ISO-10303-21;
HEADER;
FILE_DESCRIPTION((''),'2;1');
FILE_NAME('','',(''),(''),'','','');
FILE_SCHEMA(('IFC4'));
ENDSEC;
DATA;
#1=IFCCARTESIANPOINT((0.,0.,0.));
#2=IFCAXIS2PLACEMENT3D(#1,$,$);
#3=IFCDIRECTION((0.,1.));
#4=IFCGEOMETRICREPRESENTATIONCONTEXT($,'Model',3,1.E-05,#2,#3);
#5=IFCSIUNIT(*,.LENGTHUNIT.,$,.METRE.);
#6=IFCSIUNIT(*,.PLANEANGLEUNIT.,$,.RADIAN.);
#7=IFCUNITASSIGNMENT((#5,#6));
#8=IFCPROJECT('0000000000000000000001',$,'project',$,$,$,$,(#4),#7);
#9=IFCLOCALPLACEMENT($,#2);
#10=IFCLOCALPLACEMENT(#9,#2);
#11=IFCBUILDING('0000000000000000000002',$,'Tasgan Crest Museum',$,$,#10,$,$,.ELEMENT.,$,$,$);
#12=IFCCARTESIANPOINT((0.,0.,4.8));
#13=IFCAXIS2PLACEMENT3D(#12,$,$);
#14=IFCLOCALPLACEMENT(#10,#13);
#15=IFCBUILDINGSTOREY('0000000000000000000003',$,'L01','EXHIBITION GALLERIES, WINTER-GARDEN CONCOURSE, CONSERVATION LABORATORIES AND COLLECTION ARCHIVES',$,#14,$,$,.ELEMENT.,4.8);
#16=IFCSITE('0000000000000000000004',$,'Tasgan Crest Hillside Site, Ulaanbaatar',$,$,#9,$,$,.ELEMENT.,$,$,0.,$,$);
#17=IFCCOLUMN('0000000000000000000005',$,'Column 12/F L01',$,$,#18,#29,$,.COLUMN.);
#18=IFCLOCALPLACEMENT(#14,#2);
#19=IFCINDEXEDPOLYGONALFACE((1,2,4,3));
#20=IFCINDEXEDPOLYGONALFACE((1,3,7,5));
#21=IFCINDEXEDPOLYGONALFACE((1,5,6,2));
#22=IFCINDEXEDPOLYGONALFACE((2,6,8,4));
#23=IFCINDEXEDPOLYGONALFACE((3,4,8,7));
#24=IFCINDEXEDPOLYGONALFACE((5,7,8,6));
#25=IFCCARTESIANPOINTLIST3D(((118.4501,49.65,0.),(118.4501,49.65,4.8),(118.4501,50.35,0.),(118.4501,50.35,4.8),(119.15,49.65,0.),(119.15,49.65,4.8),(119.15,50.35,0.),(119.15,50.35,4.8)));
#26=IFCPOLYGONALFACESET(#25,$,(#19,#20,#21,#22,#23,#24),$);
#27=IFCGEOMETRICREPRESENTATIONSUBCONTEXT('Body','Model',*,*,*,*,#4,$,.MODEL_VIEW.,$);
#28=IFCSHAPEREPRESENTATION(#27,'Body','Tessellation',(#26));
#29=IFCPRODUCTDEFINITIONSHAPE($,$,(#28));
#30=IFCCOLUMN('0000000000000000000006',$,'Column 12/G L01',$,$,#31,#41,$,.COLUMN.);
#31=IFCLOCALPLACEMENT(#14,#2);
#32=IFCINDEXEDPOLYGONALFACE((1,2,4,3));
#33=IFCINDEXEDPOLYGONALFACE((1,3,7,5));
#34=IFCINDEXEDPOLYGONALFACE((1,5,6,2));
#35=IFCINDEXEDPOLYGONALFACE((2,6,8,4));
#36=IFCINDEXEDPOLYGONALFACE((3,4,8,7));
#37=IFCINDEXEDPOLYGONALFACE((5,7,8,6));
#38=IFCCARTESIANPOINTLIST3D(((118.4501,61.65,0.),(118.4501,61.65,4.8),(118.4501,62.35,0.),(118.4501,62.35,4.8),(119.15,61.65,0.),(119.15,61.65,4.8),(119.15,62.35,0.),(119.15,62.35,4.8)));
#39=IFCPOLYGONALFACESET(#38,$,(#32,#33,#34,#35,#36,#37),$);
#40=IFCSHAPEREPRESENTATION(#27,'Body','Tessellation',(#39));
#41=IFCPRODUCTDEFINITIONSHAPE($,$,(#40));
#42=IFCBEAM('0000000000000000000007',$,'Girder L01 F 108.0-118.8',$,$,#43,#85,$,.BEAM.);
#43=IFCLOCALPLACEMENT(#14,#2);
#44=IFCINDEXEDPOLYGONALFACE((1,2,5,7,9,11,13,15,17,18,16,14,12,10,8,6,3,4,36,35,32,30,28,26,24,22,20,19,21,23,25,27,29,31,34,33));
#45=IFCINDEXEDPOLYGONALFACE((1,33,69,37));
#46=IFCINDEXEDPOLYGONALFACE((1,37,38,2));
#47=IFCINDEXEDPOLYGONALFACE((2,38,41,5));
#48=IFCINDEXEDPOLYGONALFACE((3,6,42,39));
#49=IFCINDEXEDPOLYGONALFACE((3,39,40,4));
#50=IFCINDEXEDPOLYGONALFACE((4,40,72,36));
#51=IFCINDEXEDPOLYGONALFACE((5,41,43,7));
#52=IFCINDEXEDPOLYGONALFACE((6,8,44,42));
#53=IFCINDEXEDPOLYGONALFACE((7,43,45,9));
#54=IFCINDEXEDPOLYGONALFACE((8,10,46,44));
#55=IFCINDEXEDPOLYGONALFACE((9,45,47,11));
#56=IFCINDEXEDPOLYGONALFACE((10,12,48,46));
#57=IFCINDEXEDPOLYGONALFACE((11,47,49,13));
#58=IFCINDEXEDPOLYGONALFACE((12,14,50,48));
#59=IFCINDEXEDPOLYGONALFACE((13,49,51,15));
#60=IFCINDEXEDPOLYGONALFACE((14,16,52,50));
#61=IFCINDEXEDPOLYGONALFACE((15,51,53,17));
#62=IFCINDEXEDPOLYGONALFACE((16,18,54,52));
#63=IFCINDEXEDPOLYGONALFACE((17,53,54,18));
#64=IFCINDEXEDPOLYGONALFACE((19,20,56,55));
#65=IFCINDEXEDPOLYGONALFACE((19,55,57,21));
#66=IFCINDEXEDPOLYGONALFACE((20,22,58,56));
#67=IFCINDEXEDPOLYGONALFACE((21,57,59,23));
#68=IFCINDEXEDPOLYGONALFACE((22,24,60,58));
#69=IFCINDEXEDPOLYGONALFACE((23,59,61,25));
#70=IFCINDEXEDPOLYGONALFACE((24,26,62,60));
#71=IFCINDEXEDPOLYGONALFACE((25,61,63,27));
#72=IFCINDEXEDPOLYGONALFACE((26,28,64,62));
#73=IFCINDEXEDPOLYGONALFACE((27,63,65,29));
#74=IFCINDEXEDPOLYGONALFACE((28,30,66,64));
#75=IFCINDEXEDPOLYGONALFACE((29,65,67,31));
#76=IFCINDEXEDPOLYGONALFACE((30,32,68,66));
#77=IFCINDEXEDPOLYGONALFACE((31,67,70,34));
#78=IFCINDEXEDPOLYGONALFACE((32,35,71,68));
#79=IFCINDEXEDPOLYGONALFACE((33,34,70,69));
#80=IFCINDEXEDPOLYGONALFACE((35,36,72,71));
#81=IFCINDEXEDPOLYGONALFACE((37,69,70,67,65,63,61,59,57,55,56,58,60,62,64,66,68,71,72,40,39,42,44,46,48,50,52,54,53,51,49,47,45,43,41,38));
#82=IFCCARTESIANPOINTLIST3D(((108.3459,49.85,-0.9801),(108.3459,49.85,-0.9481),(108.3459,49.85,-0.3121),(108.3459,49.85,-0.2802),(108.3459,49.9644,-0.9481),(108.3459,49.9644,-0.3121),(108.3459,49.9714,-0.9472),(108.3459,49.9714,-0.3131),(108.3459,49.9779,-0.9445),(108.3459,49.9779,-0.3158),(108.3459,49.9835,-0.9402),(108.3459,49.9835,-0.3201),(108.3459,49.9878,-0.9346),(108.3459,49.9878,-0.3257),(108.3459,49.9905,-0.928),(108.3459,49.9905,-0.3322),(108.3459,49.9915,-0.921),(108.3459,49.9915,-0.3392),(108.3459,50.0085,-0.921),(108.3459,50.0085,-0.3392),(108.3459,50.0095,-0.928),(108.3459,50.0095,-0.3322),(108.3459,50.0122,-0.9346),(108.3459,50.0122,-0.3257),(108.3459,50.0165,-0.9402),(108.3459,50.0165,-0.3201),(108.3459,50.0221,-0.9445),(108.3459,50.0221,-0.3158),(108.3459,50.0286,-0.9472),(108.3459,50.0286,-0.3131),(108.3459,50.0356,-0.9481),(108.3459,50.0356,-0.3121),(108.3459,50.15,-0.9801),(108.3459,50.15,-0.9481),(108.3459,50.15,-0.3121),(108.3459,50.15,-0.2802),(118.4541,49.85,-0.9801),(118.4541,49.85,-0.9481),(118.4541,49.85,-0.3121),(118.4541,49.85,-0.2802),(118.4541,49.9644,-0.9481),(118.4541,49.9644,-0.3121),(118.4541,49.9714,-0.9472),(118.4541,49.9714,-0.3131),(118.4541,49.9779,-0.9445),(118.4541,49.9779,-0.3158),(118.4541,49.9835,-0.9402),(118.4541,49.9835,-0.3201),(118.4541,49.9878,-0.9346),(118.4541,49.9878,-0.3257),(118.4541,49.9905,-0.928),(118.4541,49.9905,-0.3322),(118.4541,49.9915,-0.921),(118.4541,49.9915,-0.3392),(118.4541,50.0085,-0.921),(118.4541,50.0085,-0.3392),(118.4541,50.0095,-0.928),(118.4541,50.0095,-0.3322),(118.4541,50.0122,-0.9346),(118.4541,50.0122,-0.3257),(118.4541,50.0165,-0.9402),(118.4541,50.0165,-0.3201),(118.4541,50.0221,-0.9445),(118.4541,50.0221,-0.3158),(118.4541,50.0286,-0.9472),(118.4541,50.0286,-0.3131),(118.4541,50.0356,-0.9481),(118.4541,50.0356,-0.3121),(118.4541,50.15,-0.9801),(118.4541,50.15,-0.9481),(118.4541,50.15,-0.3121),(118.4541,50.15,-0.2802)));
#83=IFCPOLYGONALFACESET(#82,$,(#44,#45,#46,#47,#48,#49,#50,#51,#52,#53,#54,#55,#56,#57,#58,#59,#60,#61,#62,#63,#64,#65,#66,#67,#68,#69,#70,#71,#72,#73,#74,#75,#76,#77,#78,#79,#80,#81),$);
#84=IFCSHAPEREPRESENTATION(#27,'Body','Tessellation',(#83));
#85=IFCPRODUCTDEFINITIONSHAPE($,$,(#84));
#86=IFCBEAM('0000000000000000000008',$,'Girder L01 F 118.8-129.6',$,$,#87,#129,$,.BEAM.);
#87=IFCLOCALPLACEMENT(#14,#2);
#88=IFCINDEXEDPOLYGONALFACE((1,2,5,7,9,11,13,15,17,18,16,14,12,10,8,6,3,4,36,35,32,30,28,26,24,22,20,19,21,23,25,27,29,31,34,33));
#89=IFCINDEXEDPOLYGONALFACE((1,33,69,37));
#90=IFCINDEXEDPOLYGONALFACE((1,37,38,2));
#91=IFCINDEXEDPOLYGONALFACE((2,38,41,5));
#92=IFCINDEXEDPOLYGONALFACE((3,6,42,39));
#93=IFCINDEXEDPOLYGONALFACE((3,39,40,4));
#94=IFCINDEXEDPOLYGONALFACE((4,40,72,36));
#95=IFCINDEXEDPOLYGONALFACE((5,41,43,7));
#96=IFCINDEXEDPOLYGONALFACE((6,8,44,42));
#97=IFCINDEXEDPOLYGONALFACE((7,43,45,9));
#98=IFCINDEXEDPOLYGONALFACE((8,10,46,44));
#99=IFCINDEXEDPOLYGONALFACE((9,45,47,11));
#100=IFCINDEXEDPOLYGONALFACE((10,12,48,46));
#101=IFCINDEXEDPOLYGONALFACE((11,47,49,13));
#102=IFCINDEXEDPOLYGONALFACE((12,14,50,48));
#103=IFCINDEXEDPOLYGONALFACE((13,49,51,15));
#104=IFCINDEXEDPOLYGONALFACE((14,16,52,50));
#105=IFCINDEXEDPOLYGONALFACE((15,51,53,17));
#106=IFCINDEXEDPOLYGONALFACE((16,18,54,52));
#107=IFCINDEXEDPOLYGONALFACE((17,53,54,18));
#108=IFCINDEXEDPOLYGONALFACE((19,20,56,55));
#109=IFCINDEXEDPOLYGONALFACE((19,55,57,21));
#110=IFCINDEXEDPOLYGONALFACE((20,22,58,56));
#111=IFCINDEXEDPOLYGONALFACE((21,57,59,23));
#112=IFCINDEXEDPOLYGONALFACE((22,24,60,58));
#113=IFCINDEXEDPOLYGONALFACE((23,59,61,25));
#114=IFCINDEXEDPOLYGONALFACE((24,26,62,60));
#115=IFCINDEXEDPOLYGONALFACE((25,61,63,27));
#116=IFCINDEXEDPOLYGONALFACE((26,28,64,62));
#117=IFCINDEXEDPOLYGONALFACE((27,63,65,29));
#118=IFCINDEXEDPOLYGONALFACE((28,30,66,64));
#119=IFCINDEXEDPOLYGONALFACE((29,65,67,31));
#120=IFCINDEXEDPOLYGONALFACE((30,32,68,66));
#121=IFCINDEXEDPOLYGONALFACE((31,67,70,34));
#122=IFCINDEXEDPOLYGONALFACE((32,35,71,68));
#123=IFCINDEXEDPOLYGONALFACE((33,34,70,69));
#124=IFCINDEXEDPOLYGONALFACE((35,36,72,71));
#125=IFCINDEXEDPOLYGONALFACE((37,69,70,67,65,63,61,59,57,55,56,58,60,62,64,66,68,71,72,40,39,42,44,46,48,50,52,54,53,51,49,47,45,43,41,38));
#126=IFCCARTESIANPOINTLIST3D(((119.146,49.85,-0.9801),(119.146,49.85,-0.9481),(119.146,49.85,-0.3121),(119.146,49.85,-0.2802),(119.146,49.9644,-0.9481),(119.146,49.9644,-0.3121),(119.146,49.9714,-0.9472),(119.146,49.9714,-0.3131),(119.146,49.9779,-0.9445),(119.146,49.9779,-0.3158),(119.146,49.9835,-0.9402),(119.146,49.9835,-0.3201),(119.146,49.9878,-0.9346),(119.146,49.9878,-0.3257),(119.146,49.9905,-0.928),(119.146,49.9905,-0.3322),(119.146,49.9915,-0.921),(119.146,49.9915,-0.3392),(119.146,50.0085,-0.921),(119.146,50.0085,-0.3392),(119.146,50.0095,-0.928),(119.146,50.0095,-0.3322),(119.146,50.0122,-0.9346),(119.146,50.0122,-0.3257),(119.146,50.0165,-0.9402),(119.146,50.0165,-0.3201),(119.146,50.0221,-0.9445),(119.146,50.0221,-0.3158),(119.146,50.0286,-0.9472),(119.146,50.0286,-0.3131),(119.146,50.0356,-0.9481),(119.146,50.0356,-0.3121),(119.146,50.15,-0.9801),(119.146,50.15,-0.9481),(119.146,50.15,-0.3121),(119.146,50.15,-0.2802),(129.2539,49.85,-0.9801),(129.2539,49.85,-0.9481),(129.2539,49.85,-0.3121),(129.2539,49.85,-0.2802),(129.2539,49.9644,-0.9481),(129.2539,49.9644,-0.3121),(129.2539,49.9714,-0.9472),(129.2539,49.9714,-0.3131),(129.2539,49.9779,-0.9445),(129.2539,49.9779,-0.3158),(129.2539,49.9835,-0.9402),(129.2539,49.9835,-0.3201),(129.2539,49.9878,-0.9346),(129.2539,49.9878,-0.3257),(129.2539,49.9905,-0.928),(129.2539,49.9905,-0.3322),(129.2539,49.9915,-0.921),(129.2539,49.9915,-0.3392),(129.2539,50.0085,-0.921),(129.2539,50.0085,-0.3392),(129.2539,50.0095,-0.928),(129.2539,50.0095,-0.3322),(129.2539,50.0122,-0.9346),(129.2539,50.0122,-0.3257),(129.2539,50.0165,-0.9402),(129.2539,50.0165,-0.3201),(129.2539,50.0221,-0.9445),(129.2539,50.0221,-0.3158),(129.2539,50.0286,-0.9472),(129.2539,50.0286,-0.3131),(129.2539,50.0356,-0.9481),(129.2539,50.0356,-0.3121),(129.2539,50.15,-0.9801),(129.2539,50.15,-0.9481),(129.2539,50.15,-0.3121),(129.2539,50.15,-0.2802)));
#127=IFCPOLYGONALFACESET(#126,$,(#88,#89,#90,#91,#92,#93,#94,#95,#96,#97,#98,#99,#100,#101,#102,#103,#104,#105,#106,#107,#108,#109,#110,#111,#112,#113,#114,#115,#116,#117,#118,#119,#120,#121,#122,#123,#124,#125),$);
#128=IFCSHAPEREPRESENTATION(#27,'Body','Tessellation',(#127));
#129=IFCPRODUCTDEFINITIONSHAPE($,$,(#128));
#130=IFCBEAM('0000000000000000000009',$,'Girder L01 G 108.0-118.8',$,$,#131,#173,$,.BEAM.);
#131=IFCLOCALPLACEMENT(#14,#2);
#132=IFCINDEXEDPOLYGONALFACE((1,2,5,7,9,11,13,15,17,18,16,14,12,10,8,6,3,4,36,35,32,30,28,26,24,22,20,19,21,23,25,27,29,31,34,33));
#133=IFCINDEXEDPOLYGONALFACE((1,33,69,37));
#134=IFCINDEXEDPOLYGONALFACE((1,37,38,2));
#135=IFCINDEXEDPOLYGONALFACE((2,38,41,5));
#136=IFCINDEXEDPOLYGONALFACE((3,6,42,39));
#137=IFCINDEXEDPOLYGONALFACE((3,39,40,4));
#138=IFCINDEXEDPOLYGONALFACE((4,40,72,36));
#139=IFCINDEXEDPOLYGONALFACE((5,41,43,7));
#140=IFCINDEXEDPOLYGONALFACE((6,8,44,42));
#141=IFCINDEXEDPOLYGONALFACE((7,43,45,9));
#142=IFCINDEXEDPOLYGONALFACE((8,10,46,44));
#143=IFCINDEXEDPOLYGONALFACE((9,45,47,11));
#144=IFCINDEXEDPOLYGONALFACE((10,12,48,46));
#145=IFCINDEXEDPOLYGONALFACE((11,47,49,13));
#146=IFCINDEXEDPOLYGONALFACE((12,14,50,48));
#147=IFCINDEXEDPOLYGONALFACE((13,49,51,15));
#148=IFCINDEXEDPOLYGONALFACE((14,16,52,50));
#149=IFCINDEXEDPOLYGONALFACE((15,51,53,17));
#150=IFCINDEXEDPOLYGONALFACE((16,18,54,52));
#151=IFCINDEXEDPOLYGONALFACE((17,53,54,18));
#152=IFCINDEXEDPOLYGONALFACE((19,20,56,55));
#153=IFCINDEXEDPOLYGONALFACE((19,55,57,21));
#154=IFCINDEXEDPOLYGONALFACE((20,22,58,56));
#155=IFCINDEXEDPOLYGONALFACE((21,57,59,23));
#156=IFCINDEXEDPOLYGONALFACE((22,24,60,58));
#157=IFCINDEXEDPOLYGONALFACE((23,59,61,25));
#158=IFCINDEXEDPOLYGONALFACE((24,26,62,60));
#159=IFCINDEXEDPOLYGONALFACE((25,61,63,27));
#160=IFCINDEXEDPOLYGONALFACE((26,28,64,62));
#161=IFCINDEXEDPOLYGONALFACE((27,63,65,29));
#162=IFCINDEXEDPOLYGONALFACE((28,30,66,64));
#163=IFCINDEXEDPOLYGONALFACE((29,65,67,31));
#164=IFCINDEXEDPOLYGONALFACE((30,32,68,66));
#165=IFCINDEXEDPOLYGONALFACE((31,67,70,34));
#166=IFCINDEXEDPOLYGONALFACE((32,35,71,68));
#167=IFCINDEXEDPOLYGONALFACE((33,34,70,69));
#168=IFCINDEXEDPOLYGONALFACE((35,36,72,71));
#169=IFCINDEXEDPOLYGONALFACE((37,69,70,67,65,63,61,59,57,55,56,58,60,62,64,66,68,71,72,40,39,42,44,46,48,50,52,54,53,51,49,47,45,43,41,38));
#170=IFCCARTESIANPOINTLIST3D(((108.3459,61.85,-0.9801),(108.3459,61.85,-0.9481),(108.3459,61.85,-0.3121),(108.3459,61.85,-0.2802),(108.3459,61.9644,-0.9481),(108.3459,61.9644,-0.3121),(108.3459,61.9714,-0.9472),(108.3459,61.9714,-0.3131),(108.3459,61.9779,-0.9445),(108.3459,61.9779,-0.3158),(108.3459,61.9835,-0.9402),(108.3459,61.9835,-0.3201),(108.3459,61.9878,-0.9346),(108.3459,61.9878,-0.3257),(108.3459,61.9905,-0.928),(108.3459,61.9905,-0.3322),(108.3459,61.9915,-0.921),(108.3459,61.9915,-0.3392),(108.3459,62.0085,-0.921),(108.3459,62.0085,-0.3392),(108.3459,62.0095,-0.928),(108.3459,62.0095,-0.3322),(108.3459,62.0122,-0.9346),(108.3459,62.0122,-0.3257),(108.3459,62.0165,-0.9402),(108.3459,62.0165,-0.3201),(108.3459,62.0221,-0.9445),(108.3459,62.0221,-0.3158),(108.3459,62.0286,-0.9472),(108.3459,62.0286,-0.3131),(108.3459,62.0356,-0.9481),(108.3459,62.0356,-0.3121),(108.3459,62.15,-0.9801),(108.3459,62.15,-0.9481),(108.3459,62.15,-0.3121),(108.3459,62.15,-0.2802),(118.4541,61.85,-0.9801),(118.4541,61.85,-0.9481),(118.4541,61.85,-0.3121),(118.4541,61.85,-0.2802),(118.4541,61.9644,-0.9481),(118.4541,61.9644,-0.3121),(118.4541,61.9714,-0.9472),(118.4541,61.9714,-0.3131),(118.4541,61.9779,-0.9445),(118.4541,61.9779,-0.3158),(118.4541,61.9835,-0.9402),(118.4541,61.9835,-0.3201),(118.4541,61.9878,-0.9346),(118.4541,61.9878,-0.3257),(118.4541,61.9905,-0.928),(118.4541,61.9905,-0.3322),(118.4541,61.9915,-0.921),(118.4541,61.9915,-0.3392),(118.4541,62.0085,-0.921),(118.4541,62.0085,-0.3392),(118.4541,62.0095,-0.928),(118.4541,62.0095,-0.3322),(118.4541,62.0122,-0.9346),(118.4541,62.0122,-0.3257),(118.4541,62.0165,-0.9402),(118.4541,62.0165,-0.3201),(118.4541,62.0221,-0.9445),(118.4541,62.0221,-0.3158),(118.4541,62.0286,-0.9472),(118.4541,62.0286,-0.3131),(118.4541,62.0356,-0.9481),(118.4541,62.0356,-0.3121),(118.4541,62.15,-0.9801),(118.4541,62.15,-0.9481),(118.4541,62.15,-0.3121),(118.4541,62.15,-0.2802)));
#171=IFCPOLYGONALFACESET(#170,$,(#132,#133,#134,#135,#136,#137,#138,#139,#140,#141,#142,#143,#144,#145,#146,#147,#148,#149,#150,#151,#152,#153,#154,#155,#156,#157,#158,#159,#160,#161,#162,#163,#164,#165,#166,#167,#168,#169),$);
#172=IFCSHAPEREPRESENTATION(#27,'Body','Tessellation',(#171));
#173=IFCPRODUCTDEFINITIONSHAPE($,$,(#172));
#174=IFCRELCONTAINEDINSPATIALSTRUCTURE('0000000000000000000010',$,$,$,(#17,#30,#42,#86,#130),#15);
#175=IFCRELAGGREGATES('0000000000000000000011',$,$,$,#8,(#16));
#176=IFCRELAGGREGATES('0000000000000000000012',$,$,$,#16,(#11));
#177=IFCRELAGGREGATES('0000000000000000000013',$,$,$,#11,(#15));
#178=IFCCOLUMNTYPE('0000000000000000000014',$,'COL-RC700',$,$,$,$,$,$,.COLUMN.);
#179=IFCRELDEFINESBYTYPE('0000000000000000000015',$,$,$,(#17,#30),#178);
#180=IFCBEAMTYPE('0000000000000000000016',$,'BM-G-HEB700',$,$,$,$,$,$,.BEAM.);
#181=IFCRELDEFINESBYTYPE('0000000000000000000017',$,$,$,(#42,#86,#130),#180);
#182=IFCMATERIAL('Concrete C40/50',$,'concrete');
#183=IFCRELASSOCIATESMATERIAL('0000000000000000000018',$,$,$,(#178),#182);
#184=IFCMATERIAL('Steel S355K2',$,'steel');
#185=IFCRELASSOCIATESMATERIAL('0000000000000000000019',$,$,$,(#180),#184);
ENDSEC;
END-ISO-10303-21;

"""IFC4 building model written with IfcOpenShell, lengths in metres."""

from ifc_helpers import new_model, si_unit, direction, frame, origin, origin_2d, place, context, subcontext, project, spatial, rectangle, i_section, extrude, material, material_profile, profile_set, type_object, element, save


model = new_model("IFC4")

# Units and contexts
model_context = context("Model", 3, precision=1e-05, world=origin(), true_north=direction((0.0, 1.0)))
body_context = subcontext(model_context, "Body", "Model", "MODEL_VIEW")
ifc_project = project(units=[si_unit("LENGTHUNIT", "METRE"), si_unit("PLANEANGLEUNIT", "RADIAN")], contexts=[model_context])

# Site, building, storey
site_placement = place(None, origin())
site = spatial("IfcSite", under=ifc_project, at=site_placement, Name="Tasgan Crest Hillside Site, Ulaanbaatar", CompositionType="ELEMENT", RefElevation=0.0)
building_placement = place(site_placement, origin())
building = spatial("IfcBuilding", under=site, at=building_placement, Name="Tasgan Crest Museum", CompositionType="ELEMENT")
storey_placement = place(building_placement, frame((0.0, 0.0, 4.8)))
storey = spatial("IfcBuildingStorey", under=building, at=storey_placement, Name="L01", Description="EXHIBITION GALLERIES, WINTER-GARDEN CONCOURSE, CONSERVATION LABORATORIES AND COLLECTION ARCHIVES", CompositionType="ELEMENT", Elevation=4.8)

# Columns
ifc_material_1 = material(Name="Concrete C40/50", Category="concrete")
ifc_material_profile_1 = material_profile(ifc_material_1, rectangle(XDim=0.7, YDim=0.7, at=origin_2d()), Name="RC 700x700")
ifc_profile_set_1 = profile_set([ifc_material_profile_1], Name="Concrete C40/50")
column_type = type_object("IfcColumnType", Name="COL-RC700", PredefinedType="COLUMN", material=ifc_profile_set_1)
for number, where, z_axis, x_axis, name in (
    (1, (118.8, 50.0, 0.0), (0.0, 0.0, 1.0), (1.0, 0.0, 0.0), "Column 12/F L01"),
    (2, (118.8, 62.0, 0.0), (0.0, 0.0, 1.0), (1.0, 0.0, 0.0), "Column 12/G L01"),
):
    element("IfcColumn", number, at=place(storey_placement, frame(where, z_axis=z_axis, x_axis=x_axis)), inside=storey, type_object=column_type, Name=name, PredefinedType="COLUMN", context=body_context, shape_type="SweptSolid", body=[
        extrude(rectangle(XDim=0.7, YDim=0.7, at=origin_2d()), origin(), (0.0, 0.0, 1.0), 4.8),
    ])

# Beams
ifc_material_2 = material(Name="Steel S355K2", Category="steel")
ifc_material_profile_2 = material_profile(ifc_material_2, i_section(OverallWidth=0.3, OverallDepth=0.7, WebThickness=0.0171, FlangeThickness=0.032, FilletRadius=0.0271, at=origin_2d()), Name="HEB 700")
ifc_profile_set_2 = profile_set([ifc_material_profile_2], Name="Steel S355K2")
beam_type_1 = type_object("IfcBeamType", Name="BM-G-HEB700", PredefinedType="BEAM", material=ifc_profile_set_2)
beam_1_placement = place(storey_placement, frame((108.3459, 50.0, -0.6301), z_axis=(1.0, 0.0, 0.0), x_axis=(0.0, 1.0, 0.0)))
element("IfcBeam", 3, at=beam_1_placement, inside=storey, type_object=beam_type_1, Name="Girder L01 F 108.0-118.8", PredefinedType="BEAM", context=body_context, shape_type="SweptSolid", body=[
    extrude(i_section(OverallWidth=0.3, OverallDepth=0.7, WebThickness=0.0171, FlangeThickness=0.032, FilletRadius=0.0271, at=origin_2d()), origin(), (0.0, 0.0, 1.0), 10.1082),
])
beam_2_placement = place(storey_placement, frame((119.146, 50.0, -0.6301), z_axis=(1.0, 0.0, 0.0), x_axis=(0.0, 1.0, 0.0)))
element("IfcBeam", 4, at=beam_2_placement, inside=storey, type_object=beam_type_1, Name="Girder L01 F 118.8-129.6", PredefinedType="BEAM", context=body_context, shape_type="SweptSolid", body=[
    extrude(i_section(OverallWidth=0.3, OverallDepth=0.7, WebThickness=0.0171, FlangeThickness=0.032, FilletRadius=0.0271, at=origin_2d()), origin(), (0.0, 0.0, 1.0), 10.1079),
])
beam_3_placement = place(storey_placement, frame((108.3459, 62.0, -0.6301), z_axis=(1.0, 0.0, 0.0), x_axis=(0.0, 1.0, 0.0)))
element("IfcBeam", 5, at=beam_3_placement, inside=storey, type_object=beam_type_1, Name="Girder L01 G 108.0-118.8", PredefinedType="BEAM", context=body_context, shape_type="SweptSolid", body=[
    extrude(i_section(OverallWidth=0.3, OverallDepth=0.7, WebThickness=0.0171, FlangeThickness=0.032, FilletRadius=0.0271, at=origin_2d()), origin(), (0.0, 0.0, 1.0), 10.1082),
])

save(model, "model.ifc")
